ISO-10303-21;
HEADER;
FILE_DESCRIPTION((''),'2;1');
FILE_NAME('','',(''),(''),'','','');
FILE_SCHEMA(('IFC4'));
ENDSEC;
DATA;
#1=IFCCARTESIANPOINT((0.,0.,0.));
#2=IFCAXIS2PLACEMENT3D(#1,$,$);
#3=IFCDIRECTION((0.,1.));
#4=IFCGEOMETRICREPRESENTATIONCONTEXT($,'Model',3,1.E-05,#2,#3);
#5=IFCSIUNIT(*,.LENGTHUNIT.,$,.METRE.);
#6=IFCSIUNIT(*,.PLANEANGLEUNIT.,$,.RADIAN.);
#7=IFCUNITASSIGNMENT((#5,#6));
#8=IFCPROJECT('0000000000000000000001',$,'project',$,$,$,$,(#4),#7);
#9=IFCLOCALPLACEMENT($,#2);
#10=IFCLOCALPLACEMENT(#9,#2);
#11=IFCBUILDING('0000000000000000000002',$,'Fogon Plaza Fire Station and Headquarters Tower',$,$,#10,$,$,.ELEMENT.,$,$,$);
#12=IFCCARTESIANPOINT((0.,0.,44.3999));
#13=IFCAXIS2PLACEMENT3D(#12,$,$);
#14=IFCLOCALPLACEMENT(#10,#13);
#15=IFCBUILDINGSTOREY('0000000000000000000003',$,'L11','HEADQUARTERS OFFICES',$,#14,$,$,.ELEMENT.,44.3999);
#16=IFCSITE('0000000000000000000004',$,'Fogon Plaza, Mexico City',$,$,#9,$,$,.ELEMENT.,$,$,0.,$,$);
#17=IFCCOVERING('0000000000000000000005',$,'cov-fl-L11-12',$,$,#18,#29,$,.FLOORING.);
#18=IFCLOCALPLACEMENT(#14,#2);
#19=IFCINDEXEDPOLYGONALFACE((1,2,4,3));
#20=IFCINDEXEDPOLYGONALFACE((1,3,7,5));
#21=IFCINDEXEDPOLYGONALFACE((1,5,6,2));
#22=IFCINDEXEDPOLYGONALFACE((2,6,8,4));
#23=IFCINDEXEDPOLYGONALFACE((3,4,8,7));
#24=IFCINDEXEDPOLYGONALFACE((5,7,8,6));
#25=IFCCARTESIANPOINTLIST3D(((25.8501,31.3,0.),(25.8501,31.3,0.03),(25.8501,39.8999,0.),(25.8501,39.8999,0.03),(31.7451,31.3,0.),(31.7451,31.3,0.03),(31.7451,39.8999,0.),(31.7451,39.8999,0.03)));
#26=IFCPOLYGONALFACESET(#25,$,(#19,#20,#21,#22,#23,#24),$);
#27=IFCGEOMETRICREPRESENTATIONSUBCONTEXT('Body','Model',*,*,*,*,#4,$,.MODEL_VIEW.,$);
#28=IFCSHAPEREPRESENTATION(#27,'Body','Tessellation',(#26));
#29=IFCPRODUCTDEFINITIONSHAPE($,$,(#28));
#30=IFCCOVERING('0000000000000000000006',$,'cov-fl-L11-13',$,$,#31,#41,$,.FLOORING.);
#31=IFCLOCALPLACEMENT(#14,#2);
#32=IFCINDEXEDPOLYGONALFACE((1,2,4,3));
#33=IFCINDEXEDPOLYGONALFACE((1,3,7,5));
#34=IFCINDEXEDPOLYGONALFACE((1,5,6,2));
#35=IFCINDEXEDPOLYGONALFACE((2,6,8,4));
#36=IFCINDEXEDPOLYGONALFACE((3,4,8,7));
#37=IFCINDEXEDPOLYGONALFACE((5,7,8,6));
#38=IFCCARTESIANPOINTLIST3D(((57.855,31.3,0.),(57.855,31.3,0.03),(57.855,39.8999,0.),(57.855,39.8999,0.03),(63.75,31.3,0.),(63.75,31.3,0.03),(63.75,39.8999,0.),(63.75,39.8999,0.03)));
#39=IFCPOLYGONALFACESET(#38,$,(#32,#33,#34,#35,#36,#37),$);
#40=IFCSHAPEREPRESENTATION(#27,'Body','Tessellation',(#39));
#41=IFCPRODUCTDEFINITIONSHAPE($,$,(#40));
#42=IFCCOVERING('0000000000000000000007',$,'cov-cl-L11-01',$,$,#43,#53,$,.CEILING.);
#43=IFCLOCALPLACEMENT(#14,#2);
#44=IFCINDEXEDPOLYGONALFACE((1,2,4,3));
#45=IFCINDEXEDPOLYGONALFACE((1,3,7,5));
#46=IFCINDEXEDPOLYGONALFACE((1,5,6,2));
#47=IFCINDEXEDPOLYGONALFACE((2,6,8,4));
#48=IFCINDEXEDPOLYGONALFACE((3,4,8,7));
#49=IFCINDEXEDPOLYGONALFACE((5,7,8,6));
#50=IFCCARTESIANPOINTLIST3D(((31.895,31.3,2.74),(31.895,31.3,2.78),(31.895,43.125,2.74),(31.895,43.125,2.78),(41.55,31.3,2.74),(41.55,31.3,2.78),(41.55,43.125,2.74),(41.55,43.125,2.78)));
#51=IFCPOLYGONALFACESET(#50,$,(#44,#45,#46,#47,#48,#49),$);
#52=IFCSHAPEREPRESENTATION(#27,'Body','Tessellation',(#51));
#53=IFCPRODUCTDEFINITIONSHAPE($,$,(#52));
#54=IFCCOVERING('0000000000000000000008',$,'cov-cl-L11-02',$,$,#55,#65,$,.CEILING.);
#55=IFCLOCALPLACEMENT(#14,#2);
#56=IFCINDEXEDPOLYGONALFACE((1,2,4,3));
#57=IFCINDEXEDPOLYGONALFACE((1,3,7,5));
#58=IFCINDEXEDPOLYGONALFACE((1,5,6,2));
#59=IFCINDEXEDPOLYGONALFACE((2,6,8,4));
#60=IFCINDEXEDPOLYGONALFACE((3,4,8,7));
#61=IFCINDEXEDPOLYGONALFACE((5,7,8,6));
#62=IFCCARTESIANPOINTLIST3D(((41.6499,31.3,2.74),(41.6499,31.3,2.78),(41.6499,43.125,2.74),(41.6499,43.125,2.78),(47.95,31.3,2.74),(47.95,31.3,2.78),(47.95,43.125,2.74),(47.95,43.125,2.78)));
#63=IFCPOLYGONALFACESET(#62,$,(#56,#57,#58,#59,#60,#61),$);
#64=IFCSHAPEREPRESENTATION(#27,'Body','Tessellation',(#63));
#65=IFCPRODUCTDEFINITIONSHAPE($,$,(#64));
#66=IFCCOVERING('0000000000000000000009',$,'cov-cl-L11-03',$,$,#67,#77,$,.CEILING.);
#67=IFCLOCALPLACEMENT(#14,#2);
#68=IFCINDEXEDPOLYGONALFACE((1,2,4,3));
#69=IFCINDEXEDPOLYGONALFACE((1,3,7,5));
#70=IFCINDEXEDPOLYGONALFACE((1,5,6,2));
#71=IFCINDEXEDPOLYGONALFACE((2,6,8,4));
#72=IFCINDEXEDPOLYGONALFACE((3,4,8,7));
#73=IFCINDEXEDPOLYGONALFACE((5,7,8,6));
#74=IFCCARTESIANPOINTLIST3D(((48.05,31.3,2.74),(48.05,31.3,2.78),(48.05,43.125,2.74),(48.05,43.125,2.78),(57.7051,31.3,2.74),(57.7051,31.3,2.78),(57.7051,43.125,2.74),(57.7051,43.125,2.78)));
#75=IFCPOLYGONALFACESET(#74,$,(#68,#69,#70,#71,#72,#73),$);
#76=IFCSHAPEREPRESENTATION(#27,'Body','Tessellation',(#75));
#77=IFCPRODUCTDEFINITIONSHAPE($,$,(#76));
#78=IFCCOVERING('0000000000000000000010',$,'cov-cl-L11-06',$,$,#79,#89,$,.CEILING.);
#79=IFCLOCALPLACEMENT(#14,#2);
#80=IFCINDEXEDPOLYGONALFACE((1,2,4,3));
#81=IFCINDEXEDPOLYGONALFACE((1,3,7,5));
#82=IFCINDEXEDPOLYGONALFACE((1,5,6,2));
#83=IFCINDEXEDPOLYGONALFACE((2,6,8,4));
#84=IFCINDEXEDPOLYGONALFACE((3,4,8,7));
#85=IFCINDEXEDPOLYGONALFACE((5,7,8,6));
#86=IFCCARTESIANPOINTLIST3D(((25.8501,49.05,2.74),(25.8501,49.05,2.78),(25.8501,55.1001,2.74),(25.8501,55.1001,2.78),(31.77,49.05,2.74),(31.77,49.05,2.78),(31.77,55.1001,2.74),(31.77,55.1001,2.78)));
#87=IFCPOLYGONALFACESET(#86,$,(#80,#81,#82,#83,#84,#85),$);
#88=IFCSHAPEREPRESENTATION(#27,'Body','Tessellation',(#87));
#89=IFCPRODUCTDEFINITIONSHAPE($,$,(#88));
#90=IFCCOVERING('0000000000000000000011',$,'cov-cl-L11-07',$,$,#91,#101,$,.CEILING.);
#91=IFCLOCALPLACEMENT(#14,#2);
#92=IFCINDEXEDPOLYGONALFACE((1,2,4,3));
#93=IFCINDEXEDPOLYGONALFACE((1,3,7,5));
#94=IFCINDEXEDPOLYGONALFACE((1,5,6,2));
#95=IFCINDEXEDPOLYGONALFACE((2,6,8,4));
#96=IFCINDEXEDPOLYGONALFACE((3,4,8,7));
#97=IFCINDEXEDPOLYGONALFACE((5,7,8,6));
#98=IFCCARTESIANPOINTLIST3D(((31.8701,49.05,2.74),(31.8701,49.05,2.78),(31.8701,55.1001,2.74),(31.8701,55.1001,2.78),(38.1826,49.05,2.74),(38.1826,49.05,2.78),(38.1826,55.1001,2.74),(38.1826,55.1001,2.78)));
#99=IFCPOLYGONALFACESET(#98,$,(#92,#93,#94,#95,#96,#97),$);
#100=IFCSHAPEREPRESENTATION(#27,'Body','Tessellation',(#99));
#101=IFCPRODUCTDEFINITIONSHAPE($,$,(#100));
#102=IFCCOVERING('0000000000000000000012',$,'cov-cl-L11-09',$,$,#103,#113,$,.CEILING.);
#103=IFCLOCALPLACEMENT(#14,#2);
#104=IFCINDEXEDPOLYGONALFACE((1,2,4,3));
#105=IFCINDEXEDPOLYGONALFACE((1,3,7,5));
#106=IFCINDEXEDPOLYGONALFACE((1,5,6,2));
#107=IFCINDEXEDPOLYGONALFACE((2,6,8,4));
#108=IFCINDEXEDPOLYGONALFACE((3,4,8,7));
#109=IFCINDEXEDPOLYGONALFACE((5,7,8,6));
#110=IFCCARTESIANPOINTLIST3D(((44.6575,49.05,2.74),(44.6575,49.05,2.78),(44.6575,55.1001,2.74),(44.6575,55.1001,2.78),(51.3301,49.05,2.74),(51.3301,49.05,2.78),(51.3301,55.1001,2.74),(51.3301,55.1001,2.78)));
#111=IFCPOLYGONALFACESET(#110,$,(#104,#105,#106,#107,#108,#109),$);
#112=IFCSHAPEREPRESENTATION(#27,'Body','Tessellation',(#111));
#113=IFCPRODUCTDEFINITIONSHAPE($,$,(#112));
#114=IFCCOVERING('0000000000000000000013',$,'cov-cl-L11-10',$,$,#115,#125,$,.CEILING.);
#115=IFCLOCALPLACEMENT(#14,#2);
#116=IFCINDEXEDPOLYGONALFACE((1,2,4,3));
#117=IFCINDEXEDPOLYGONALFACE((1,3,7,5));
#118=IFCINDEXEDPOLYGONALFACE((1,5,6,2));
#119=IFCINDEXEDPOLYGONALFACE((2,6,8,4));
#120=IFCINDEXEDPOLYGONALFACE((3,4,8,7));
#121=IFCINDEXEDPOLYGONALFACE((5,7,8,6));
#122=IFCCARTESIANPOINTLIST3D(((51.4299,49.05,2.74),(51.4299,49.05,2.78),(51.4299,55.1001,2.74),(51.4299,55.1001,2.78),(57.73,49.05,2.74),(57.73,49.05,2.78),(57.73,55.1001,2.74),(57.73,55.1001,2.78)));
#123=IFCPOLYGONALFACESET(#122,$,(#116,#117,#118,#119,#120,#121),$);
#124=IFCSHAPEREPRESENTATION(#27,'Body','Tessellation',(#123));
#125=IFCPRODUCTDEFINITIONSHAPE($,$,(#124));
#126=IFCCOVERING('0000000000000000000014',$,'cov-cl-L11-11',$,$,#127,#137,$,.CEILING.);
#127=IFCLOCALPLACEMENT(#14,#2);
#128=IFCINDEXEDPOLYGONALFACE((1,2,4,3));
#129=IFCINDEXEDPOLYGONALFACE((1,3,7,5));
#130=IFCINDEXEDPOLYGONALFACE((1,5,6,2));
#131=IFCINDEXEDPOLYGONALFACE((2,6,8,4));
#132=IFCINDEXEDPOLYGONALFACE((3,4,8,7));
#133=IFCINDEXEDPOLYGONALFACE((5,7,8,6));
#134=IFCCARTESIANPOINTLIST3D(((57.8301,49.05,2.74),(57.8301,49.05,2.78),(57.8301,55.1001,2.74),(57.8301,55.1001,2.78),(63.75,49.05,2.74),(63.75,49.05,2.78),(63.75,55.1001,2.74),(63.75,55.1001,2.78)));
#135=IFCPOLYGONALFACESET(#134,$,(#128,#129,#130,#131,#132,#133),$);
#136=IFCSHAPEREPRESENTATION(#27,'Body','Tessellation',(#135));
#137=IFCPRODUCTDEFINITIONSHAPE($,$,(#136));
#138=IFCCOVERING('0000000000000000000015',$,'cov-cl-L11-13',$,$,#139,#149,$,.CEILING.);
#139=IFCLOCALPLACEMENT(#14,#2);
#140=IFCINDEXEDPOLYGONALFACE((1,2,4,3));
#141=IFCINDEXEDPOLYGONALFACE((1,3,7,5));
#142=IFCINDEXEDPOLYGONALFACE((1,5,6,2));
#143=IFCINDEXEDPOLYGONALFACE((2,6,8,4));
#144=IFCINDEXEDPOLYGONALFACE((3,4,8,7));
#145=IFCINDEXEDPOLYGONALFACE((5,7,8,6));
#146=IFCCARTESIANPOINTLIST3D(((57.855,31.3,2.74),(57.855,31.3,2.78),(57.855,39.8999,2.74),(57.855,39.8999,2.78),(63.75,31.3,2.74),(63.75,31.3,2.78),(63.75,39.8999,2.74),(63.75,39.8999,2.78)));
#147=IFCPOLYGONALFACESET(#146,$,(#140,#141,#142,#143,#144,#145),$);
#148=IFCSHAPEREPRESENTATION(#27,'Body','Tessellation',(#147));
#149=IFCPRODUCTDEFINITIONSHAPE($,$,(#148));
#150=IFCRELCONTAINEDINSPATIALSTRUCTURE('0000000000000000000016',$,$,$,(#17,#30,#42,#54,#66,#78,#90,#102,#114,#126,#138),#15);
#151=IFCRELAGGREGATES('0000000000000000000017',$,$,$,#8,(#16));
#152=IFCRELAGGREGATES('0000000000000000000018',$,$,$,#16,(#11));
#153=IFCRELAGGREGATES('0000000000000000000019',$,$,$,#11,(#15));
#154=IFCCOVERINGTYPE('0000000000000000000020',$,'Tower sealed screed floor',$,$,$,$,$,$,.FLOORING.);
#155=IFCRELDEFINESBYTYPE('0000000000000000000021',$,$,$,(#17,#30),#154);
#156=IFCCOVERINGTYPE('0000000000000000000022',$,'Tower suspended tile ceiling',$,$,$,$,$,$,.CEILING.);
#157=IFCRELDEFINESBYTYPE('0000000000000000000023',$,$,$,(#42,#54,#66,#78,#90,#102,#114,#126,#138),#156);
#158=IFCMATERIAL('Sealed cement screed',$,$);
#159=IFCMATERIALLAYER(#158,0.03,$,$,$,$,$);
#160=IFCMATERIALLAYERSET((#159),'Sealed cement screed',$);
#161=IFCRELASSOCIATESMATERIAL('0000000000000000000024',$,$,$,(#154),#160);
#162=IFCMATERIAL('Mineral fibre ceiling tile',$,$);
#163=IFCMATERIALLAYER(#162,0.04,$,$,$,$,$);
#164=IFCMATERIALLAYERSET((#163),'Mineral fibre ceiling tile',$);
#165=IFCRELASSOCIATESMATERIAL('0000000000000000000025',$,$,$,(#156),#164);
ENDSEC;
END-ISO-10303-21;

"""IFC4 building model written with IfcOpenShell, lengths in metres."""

from ifc_helpers import new_model, si_unit, direction, frame, origin, place, context, subcontext, project, spatial, polyline, outline, extrude, material, layer, layer_set, type_object, element, save


model = new_model("IFC4")

# Units and contexts
model_context = context("Model", 3, precision=1e-05, world=origin(), true_north=direction((0.0, 1.0)))
body_context = subcontext(model_context, "Body", "Model", "MODEL_VIEW")
ifc_project = project(units=[si_unit("LENGTHUNIT", "METRE"), si_unit("PLANEANGLEUNIT", "RADIAN")], contexts=[model_context])

# Site, building, storey
site_placement = place(None, origin())
site = spatial("IfcSite", under=ifc_project, at=site_placement, Name="Fogon Plaza, Mexico City", CompositionType="ELEMENT", RefElevation=0.0)
building_placement = place(site_placement, origin())
building = spatial("IfcBuilding", under=site, at=building_placement, Name="Fogon Plaza Fire Station and Headquarters Tower", CompositionType="ELEMENT")
storey_placement = place(building_placement, frame((0.0, 0.0, 44.3999)))
storey = spatial("IfcBuildingStorey", under=building, at=storey_placement, Name="L11", Description="HEADQUARTERS OFFICES", CompositionType="ELEMENT", Elevation=44.3999)

# Coverings
ifc_material_1 = material(Name="Sealed cement screed")
ifc_layer_1 = layer(ifc_material_1, 0.03)
ifc_layer_set_1 = layer_set([ifc_layer_1], Name="Sealed cement screed")
covering_type_1 = type_object("IfcCoveringType", Name="Tower sealed screed floor", PredefinedType="FLOORING", material=ifc_layer_set_1)
covering_1_placement = place(storey_placement, origin())
element("IfcCovering", 1, at=covering_1_placement, inside=storey, type_object=covering_type_1, Name="cov-fl-L11-12", PredefinedType="FLOORING", context=body_context, shape_type="SweptSolid", body=[
    extrude(outline(polyline([(31.7451, 31.3), (31.7451, 39.8999), (25.8501, 39.8999), (25.8501, 31.3), (31.7451, 31.3)])), origin(), (0.0, 0.0, 1.0), 0.03),
])
covering_2_placement = place(storey_placement, origin())
element("IfcCovering", 2, at=covering_2_placement, inside=storey, type_object=covering_type_1, Name="cov-fl-L11-13", PredefinedType="FLOORING", context=body_context, shape_type="SweptSolid", body=[
    extrude(outline(polyline([(63.75, 31.3), (63.75, 39.8999), (57.855, 39.8999), (57.855, 31.3), (63.75, 31.3)])), origin(), (0.0, 0.0, 1.0), 0.03),
])
ifc_material_2 = material(Name="Mineral fibre ceiling tile")
ifc_layer_2 = layer(ifc_material_2, 0.04)
ifc_layer_set_2 = layer_set([ifc_layer_2], Name="Mineral fibre ceiling tile")
covering_type_2 = type_object("IfcCoveringType", Name="Tower suspended tile ceiling", PredefinedType="CEILING", material=ifc_layer_set_2)
covering_3_placement = place(storey_placement, frame((0.0, 0.0, 2.74)))
element("IfcCovering", 3, at=covering_3_placement, inside=storey, type_object=covering_type_2, Name="cov-cl-L11-01", PredefinedType="CEILING", context=body_context, shape_type="SweptSolid", body=[
    extrude(outline(polyline([(41.55, 31.3), (41.55, 43.125), (31.895, 43.125), (31.895, 31.3), (41.55, 31.3)])), origin(), (0.0, 0.0, 1.0), 0.04),
])
covering_4_placement = place(storey_placement, frame((0.0, 0.0, 2.74)))
element("IfcCovering", 4, at=covering_4_placement, inside=storey, type_object=covering_type_2, Name="cov-cl-L11-02", PredefinedType="CEILING", context=body_context, shape_type="SweptSolid", body=[
    extrude(outline(polyline([(47.95, 31.3), (47.95, 43.125), (41.6499, 43.125), (41.6499, 31.3), (47.95, 31.3)])), origin(), (0.0, 0.0, 1.0), 0.04),
])
covering_5_placement = place(storey_placement, frame((0.0, 0.0, 2.74)))
element("IfcCovering", 5, at=covering_5_placement, inside=storey, type_object=covering_type_2, Name="cov-cl-L11-03", PredefinedType="CEILING", context=body_context, shape_type="SweptSolid", body=[
    extrude(outline(polyline([(57.7051, 31.3), (57.7051, 43.125), (48.05, 43.125), (48.05, 31.3), (57.7051, 31.3)])), origin(), (0.0, 0.0, 1.0), 0.04),
])
covering_6_placement = place(storey_placement, frame((0.0, 0.0, 2.74)))
element("IfcCovering", 6, at=covering_6_placement, inside=storey, type_object=covering_type_2, Name="cov-cl-L11-06", PredefinedType="CEILING", context=body_context, shape_type="SweptSolid", body=[
    extrude(outline(polyline([(31.77, 49.05), (31.77, 55.1001), (25.8501, 55.1001), (25.8501, 49.05), (31.77, 49.05)])), origin(), (0.0, 0.0, 1.0), 0.04),
])
covering_7_placement = place(storey_placement, frame((0.0, 0.0, 2.74)))
element("IfcCovering", 7, at=covering_7_placement, inside=storey, type_object=covering_type_2, Name="cov-cl-L11-07", PredefinedType="CEILING", context=body_context, shape_type="SweptSolid", body=[
    extrude(outline(polyline([(38.1826, 49.05), (38.1826, 55.1001), (31.8701, 55.1001), (31.8701, 49.05), (38.1826, 49.05)])), origin(), (0.0, 0.0, 1.0), 0.04),
])
covering_8_placement = place(storey_placement, frame((0.0, 0.0, 2.74)))
element("IfcCovering", 8, at=covering_8_placement, inside=storey, type_object=covering_type_2, Name="cov-cl-L11-09", PredefinedType="CEILING", context=body_context, shape_type="SweptSolid", body=[
    extrude(outline(polyline([(51.3301, 49.05), (51.3301, 55.1001), (44.6575, 55.1001), (44.6575, 49.05), (51.3301, 49.05)])), origin(), (0.0, 0.0, 1.0), 0.04),
])
covering_9_placement = place(storey_placement, frame((0.0, 0.0, 2.74)))
element("IfcCovering", 9, at=covering_9_placement, inside=storey, type_object=covering_type_2, Name="cov-cl-L11-10", PredefinedType="CEILING", context=body_context, shape_type="SweptSolid", body=[
    extrude(outline(polyline([(57.73, 49.05), (57.73, 55.1001), (51.4299, 55.1001), (51.4299, 49.05), (57.73, 49.05)])), origin(), (0.0, 0.0, 1.0), 0.04),
])
covering_10_placement = place(storey_placement, frame((0.0, 0.0, 2.74)))
element("IfcCovering", 10, at=covering_10_placement, inside=storey, type_object=covering_type_2, Name="cov-cl-L11-11", PredefinedType="CEILING", context=body_context, shape_type="SweptSolid", body=[
    extrude(outline(polyline([(63.75, 49.05), (63.75, 55.1001), (57.8301, 55.1001), (57.8301, 49.05), (63.75, 49.05)])), origin(), (0.0, 0.0, 1.0), 0.04),
])
covering_11_placement = place(storey_placement, frame((0.0, 0.0, 2.74)))
element("IfcCovering", 11, at=covering_11_placement, inside=storey, type_object=covering_type_2, Name="cov-cl-L11-13", PredefinedType="CEILING", context=body_context, shape_type="SweptSolid", body=[
    extrude(outline(polyline([(63.75, 31.3), (63.75, 39.8999), (57.855, 39.8999), (57.855, 31.3), (63.75, 31.3)])), origin(), (0.0, 0.0, 1.0), 0.04),
])

save(model, "model.ifc")
